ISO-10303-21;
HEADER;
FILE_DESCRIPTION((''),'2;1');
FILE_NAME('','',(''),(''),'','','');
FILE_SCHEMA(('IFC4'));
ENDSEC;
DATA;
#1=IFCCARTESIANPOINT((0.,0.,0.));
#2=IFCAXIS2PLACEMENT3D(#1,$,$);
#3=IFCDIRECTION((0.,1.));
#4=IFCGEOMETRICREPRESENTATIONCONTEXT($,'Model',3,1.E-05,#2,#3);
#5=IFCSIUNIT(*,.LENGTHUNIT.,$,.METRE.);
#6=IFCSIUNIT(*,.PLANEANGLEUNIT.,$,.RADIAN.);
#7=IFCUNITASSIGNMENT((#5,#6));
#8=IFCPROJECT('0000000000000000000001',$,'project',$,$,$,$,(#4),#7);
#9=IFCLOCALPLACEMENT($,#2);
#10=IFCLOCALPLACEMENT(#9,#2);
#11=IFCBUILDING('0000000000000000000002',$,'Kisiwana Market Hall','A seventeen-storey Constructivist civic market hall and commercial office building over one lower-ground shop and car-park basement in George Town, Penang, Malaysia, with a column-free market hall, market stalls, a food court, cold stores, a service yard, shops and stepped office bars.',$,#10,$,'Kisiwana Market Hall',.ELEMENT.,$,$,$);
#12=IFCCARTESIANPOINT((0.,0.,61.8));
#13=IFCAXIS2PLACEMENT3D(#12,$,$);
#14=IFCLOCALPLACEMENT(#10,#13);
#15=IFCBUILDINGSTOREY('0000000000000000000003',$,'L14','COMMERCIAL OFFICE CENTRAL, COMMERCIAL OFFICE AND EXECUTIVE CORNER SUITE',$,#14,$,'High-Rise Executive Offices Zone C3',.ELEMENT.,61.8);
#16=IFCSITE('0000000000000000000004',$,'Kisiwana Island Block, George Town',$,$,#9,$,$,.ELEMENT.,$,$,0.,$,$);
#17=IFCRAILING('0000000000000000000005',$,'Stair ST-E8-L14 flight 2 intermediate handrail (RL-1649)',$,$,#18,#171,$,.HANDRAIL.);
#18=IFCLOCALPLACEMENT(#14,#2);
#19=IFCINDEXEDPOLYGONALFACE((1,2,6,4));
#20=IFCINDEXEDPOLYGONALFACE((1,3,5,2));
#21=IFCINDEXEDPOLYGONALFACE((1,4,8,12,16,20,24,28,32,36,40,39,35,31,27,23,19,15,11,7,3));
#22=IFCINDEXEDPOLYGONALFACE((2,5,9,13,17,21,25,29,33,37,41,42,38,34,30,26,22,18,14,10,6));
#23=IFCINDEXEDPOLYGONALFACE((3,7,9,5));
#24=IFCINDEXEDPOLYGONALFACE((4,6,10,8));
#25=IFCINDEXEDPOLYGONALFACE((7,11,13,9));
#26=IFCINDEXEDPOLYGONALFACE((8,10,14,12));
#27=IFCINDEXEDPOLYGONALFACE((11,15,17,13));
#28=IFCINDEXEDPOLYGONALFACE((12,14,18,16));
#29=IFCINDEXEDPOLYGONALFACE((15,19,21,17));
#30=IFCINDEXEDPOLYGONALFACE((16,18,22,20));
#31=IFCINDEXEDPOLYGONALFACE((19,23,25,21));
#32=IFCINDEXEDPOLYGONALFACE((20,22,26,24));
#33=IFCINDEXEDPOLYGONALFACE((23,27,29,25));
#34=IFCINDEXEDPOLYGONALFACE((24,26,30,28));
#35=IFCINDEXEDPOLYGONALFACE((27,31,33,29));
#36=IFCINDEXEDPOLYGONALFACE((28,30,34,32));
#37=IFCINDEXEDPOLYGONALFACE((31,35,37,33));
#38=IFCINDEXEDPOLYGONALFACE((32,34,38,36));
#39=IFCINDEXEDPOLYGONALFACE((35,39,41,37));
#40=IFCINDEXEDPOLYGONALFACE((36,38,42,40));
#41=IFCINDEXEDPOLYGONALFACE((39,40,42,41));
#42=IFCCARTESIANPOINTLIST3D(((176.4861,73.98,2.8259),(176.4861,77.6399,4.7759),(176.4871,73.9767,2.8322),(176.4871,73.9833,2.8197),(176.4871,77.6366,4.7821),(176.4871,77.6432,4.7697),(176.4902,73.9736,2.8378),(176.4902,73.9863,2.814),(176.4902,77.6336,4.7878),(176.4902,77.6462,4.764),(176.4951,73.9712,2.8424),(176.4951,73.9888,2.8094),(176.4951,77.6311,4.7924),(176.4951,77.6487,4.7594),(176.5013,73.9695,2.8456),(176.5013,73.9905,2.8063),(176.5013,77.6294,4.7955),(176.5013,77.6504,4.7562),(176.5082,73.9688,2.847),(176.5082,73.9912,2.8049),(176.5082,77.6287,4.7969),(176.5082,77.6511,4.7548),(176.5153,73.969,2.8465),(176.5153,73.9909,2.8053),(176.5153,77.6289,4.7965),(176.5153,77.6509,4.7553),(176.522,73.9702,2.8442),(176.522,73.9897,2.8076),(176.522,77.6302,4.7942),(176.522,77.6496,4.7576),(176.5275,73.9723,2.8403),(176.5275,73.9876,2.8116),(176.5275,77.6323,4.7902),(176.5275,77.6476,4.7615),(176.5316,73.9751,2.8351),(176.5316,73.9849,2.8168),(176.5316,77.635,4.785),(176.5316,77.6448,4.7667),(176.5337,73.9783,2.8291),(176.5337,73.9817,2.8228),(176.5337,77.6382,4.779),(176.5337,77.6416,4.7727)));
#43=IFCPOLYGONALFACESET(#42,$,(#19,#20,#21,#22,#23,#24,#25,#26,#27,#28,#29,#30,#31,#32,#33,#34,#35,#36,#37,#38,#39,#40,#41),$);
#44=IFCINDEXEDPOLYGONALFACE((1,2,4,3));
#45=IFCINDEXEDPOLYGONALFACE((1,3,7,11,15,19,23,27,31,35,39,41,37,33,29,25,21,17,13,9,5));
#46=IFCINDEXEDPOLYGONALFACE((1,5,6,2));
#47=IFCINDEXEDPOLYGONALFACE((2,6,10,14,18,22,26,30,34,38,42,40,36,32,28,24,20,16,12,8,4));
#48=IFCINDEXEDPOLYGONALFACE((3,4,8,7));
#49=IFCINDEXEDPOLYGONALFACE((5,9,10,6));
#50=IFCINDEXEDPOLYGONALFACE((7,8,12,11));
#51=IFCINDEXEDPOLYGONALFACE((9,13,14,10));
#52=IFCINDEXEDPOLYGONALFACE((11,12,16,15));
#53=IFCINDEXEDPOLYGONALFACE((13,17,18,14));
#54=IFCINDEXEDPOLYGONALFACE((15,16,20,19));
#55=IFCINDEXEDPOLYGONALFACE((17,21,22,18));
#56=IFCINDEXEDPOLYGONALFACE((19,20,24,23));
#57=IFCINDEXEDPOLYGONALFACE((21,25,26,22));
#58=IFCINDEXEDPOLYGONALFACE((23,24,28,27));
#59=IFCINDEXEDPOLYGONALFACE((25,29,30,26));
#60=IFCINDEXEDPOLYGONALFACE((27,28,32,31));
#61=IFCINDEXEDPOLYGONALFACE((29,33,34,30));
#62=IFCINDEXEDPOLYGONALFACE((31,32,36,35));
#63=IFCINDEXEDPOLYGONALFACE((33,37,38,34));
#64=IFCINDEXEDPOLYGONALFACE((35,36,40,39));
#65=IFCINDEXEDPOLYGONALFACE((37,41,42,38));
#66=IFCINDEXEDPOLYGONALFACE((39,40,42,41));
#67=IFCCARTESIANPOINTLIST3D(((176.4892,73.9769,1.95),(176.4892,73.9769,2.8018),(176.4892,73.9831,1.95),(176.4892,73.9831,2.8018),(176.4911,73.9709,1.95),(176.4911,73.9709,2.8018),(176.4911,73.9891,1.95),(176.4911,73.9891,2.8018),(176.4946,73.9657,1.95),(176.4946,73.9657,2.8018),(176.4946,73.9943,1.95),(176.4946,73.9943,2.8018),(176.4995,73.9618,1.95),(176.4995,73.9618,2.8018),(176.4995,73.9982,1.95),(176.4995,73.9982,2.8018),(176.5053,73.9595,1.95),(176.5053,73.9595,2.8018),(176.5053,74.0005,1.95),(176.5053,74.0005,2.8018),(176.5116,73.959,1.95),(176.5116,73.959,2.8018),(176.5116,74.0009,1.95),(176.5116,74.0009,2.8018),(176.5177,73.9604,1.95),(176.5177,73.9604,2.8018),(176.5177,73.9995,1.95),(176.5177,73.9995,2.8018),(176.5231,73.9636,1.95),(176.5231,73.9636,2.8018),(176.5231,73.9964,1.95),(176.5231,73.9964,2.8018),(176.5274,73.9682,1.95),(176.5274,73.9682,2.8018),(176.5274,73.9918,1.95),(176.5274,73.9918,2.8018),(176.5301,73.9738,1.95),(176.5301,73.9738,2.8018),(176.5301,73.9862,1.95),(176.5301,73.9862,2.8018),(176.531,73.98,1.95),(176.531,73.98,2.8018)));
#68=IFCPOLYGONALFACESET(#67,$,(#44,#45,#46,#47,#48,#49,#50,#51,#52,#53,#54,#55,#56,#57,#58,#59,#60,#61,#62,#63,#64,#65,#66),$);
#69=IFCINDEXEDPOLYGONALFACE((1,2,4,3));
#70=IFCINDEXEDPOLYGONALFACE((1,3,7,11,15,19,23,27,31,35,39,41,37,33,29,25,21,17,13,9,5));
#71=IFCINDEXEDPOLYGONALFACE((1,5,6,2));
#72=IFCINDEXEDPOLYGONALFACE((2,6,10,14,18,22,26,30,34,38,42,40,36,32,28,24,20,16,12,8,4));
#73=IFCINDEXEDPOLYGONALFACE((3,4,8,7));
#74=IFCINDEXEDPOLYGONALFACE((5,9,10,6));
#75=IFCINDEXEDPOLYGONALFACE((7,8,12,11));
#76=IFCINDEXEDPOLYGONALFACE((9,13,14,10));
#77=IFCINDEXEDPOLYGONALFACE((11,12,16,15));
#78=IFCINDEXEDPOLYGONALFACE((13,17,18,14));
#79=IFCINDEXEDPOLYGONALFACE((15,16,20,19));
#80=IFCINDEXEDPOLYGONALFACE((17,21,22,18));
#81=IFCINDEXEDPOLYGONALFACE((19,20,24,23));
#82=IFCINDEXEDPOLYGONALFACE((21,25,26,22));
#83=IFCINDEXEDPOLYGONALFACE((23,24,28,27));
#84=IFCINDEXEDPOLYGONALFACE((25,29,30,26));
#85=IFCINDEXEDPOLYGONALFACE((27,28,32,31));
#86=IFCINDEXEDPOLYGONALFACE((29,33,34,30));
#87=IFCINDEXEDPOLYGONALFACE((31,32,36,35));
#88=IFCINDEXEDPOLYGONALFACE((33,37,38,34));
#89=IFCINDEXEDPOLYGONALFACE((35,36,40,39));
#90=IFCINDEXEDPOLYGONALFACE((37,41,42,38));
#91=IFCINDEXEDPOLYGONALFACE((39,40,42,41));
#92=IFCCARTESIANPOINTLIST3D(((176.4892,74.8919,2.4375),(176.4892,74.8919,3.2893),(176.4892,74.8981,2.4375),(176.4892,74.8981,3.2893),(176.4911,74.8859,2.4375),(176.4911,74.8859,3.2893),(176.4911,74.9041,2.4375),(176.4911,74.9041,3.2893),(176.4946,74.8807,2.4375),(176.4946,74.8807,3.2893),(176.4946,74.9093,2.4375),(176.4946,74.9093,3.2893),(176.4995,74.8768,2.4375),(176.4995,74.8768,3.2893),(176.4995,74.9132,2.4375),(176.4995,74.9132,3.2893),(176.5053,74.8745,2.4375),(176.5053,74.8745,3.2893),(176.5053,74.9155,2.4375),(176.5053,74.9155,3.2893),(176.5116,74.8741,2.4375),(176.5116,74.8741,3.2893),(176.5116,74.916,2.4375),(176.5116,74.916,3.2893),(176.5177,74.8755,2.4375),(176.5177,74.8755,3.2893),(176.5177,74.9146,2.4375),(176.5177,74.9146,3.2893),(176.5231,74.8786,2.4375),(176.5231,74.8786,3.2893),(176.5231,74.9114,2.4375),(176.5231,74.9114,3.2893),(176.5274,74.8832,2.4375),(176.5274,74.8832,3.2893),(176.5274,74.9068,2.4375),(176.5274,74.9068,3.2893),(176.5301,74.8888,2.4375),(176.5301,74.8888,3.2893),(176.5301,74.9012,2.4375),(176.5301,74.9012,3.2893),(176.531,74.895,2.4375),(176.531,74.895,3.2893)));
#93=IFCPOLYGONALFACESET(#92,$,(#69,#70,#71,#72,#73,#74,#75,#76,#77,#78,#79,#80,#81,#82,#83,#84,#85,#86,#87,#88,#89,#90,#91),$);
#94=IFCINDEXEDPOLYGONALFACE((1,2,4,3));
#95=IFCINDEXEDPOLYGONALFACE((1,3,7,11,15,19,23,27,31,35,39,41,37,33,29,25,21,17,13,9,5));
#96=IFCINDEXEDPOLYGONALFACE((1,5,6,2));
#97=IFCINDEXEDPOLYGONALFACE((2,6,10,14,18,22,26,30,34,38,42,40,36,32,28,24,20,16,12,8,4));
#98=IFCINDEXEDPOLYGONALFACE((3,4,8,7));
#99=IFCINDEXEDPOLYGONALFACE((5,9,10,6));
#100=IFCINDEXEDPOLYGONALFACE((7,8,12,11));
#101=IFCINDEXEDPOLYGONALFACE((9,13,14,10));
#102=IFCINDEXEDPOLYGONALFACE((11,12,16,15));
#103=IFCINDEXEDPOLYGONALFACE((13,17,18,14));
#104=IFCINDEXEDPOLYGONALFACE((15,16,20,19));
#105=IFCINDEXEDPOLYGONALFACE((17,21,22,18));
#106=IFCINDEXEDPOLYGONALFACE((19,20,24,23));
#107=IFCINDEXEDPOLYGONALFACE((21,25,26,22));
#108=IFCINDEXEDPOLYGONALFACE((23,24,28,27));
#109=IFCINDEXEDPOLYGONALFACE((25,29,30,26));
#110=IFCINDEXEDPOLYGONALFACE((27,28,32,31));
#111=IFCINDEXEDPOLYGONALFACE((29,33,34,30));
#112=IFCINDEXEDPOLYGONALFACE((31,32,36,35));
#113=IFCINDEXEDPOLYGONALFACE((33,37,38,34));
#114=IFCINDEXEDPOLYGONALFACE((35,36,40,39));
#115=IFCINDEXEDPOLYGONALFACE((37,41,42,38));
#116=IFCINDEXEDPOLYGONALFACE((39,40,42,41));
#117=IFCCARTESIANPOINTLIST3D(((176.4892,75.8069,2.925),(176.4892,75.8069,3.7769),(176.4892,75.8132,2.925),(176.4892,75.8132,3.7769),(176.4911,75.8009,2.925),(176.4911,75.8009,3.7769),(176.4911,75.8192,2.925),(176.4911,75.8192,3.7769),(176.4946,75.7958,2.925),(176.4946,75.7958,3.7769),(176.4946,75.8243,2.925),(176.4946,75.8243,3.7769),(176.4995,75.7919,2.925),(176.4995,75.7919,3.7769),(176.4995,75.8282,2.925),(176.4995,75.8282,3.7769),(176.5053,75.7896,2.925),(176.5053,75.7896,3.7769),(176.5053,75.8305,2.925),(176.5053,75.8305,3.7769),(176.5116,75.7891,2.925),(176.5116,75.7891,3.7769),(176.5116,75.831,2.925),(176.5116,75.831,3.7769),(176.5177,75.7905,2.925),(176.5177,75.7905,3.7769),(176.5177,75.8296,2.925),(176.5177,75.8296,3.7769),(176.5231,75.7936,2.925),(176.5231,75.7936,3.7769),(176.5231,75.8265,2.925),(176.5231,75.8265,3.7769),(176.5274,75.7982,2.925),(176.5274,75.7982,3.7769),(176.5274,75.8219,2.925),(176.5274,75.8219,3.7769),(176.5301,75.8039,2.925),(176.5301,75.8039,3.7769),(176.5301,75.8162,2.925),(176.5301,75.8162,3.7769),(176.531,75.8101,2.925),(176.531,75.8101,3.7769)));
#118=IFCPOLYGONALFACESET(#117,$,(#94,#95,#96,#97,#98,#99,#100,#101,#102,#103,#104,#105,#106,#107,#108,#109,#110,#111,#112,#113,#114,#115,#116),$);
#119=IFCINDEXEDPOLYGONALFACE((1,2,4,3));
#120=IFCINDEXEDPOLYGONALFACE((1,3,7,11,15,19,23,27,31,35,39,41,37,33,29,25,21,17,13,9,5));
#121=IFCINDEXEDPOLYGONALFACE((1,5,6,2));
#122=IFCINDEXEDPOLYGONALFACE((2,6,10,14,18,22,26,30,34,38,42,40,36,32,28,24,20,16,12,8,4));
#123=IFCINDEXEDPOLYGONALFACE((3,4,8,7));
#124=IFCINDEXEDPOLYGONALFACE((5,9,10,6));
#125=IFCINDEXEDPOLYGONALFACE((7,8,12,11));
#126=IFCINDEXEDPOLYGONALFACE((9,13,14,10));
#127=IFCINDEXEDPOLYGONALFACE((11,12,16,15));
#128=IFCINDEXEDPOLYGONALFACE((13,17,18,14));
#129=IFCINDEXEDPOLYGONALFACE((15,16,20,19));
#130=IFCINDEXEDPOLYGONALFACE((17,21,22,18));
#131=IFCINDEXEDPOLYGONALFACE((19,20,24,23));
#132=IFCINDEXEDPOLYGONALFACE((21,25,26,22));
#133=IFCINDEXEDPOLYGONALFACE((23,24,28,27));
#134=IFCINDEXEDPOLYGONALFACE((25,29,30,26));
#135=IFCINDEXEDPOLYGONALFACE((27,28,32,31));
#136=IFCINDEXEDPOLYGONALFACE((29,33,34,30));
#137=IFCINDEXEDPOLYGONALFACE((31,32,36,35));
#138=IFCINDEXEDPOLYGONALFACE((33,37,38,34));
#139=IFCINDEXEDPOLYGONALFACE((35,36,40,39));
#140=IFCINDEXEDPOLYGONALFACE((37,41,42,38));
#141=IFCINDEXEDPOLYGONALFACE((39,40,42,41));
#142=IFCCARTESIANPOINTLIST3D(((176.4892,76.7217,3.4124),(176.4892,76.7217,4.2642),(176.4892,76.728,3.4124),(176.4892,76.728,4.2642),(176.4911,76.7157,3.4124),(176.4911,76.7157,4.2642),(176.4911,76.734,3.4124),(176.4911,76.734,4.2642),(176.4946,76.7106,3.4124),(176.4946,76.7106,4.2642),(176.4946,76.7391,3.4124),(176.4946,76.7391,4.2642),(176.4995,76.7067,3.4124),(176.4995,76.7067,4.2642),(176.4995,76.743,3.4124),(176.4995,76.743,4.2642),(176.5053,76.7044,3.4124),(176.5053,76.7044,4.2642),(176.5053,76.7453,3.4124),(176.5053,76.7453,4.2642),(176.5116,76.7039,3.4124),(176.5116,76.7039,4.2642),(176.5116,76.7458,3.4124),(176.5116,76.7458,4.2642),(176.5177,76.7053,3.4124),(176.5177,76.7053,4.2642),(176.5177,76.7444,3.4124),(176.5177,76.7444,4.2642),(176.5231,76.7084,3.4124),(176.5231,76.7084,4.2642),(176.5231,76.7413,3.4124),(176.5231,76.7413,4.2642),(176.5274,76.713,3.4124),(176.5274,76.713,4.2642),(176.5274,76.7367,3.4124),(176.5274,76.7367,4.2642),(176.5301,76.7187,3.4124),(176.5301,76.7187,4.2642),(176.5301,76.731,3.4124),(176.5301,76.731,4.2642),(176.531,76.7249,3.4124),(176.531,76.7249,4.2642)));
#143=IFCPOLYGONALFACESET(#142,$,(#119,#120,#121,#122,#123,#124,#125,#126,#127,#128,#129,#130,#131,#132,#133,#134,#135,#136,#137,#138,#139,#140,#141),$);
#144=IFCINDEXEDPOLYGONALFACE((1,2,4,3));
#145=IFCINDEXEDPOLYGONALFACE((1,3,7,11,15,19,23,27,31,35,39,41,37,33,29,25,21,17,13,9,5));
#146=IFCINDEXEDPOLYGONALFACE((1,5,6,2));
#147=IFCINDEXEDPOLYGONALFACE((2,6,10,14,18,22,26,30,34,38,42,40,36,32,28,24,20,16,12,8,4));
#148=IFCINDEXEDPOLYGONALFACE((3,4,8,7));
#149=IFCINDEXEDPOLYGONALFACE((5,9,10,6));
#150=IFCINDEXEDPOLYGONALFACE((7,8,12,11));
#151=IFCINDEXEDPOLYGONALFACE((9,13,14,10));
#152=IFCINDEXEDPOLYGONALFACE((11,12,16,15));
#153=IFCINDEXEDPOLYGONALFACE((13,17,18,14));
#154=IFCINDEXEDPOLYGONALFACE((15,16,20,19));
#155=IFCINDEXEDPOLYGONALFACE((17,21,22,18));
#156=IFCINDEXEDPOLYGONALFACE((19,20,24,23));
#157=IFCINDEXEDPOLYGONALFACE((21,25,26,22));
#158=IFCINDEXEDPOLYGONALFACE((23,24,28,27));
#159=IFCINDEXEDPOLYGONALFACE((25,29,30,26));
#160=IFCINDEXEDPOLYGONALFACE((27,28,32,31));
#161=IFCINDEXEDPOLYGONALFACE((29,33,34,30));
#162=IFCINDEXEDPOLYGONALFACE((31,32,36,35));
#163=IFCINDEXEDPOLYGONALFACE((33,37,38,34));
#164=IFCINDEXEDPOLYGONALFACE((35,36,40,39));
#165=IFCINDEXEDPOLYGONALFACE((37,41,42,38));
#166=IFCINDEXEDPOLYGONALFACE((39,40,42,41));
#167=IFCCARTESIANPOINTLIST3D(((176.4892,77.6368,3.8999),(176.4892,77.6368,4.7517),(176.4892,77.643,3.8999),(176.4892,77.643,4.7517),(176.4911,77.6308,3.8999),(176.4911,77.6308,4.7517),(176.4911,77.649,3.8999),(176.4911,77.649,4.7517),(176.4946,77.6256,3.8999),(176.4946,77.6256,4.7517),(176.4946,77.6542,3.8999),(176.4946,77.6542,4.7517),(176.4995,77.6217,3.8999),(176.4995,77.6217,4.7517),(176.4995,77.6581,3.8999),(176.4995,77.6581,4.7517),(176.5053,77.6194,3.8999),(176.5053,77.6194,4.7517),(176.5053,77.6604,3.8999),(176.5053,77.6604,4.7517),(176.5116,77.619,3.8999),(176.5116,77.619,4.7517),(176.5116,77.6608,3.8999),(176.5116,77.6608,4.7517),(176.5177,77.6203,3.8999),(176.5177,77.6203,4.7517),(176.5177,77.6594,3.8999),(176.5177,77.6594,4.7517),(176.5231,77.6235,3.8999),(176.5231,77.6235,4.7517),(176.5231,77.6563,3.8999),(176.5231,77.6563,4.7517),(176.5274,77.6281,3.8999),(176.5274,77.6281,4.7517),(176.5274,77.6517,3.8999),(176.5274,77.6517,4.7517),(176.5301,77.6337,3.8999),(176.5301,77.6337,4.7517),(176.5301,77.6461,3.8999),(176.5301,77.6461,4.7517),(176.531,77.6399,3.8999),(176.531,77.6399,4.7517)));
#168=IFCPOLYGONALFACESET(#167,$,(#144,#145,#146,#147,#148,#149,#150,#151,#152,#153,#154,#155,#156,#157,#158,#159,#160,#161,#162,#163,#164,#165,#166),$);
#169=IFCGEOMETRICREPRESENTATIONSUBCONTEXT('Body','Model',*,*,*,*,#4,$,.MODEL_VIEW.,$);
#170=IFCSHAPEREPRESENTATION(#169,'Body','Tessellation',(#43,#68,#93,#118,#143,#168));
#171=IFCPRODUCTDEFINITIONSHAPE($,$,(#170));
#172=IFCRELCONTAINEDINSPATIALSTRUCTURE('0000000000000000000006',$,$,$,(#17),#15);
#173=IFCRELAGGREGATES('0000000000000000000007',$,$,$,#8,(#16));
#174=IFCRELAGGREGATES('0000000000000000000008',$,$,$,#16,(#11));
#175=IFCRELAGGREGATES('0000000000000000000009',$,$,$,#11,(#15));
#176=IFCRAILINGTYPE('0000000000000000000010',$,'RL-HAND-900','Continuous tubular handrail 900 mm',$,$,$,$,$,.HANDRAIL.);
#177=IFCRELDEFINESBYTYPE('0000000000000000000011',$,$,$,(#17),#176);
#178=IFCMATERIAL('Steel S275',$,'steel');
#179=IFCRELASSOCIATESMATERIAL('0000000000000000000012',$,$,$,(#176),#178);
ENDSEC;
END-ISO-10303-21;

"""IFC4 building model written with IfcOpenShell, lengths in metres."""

from ifc_helpers import new_model, si_unit, direction, frame, origin, origin_2d, place, context, subcontext, project, spatial, circle, extrude, material, type_object, element, save


model = new_model("IFC4")

# Units and contexts
model_context = context("Model", 3, precision=1e-05, world=origin(), true_north=direction((0.0, 1.0)))
body_context = subcontext(model_context, "Body", "Model", "MODEL_VIEW")
ifc_project = project(units=[si_unit("LENGTHUNIT", "METRE"), si_unit("PLANEANGLEUNIT", "RADIAN")], contexts=[model_context])

# Site, building, storey
site_placement = place(None, origin())
site = spatial("IfcSite", under=ifc_project, at=site_placement, Name="Kisiwana Island Block, George Town", CompositionType="ELEMENT", RefElevation=0.0)
building_placement = place(site_placement, origin())
building = spatial("IfcBuilding", under=site, at=building_placement, Name="Kisiwana Market Hall", Description="A seventeen-storey Constructivist civic market hall and commercial office building over one lower-ground shop and car-park basement in George Town, Penang, Malaysia, with a column-free market hall, market stalls, a food court, cold stores, a service yard, shops and stepped office bars.", LongName="Kisiwana Market Hall", CompositionType="ELEMENT")
storey_placement = place(building_placement, frame((0.0, 0.0, 61.8)))
storey = spatial("IfcBuildingStorey", under=building, at=storey_placement, Name="L14", Description="COMMERCIAL OFFICE CENTRAL, COMMERCIAL OFFICE AND EXECUTIVE CORNER SUITE", LongName="High-Rise Executive Offices Zone C3", CompositionType="ELEMENT", Elevation=61.8)

# Railing
ifc_material_1 = material(Name="Steel S275", Category="steel")
railing_type_1 = type_object("IfcRailingType", Name="RL-HAND-900", Description="Continuous tubular handrail 900 mm", PredefinedType="HANDRAIL", material=ifc_material_1)
railing_1_placement = place(storey_placement, frame((176.51, 73.98, 1.95)))
element("IfcRailing", 1, at=railing_1_placement, inside=storey, type_object=railing_type_1, Name="Stair ST-E8-L14 flight 2 intermediate handrail (RL-1649)", PredefinedType="HANDRAIL", context=body_context, shape_type="SweptSolid", body=[
    extrude(circle(Radius=0.0239, at=origin_2d()), frame((0.0, 0.0, 0.876), z_axis=(0.0, 0.882553, 0.470212), x_axis=(-1.0, 0.0, 0.0)), (0.0, 0.0, 1.0), 4.147),
    extrude(circle(Radius=0.021, at=origin_2d()), origin(), (0.0, 0.0, 1.0), 0.8518),
    extrude(circle(Radius=0.021, at=origin_2d()), frame((0.0, 0.915, 0.4875)), (0.0, 0.0, 1.0), 0.8518),
    extrude(circle(Radius=0.021, at=origin_2d()), frame((0.0, 1.8301, 0.9751)), (0.0, 0.0, 1.0), 0.8518),
    extrude(circle(Radius=0.021, at=origin_2d()), frame((0.0, 2.7449, 1.4624)), (0.0, 0.0, 1.0), 0.8518),
    extrude(circle(Radius=0.021, at=origin_2d()), frame((0.0, 3.6599, 1.95)), (0.0, 0.0, 1.0), 0.8518),
])

save(model, "model.ifc")
